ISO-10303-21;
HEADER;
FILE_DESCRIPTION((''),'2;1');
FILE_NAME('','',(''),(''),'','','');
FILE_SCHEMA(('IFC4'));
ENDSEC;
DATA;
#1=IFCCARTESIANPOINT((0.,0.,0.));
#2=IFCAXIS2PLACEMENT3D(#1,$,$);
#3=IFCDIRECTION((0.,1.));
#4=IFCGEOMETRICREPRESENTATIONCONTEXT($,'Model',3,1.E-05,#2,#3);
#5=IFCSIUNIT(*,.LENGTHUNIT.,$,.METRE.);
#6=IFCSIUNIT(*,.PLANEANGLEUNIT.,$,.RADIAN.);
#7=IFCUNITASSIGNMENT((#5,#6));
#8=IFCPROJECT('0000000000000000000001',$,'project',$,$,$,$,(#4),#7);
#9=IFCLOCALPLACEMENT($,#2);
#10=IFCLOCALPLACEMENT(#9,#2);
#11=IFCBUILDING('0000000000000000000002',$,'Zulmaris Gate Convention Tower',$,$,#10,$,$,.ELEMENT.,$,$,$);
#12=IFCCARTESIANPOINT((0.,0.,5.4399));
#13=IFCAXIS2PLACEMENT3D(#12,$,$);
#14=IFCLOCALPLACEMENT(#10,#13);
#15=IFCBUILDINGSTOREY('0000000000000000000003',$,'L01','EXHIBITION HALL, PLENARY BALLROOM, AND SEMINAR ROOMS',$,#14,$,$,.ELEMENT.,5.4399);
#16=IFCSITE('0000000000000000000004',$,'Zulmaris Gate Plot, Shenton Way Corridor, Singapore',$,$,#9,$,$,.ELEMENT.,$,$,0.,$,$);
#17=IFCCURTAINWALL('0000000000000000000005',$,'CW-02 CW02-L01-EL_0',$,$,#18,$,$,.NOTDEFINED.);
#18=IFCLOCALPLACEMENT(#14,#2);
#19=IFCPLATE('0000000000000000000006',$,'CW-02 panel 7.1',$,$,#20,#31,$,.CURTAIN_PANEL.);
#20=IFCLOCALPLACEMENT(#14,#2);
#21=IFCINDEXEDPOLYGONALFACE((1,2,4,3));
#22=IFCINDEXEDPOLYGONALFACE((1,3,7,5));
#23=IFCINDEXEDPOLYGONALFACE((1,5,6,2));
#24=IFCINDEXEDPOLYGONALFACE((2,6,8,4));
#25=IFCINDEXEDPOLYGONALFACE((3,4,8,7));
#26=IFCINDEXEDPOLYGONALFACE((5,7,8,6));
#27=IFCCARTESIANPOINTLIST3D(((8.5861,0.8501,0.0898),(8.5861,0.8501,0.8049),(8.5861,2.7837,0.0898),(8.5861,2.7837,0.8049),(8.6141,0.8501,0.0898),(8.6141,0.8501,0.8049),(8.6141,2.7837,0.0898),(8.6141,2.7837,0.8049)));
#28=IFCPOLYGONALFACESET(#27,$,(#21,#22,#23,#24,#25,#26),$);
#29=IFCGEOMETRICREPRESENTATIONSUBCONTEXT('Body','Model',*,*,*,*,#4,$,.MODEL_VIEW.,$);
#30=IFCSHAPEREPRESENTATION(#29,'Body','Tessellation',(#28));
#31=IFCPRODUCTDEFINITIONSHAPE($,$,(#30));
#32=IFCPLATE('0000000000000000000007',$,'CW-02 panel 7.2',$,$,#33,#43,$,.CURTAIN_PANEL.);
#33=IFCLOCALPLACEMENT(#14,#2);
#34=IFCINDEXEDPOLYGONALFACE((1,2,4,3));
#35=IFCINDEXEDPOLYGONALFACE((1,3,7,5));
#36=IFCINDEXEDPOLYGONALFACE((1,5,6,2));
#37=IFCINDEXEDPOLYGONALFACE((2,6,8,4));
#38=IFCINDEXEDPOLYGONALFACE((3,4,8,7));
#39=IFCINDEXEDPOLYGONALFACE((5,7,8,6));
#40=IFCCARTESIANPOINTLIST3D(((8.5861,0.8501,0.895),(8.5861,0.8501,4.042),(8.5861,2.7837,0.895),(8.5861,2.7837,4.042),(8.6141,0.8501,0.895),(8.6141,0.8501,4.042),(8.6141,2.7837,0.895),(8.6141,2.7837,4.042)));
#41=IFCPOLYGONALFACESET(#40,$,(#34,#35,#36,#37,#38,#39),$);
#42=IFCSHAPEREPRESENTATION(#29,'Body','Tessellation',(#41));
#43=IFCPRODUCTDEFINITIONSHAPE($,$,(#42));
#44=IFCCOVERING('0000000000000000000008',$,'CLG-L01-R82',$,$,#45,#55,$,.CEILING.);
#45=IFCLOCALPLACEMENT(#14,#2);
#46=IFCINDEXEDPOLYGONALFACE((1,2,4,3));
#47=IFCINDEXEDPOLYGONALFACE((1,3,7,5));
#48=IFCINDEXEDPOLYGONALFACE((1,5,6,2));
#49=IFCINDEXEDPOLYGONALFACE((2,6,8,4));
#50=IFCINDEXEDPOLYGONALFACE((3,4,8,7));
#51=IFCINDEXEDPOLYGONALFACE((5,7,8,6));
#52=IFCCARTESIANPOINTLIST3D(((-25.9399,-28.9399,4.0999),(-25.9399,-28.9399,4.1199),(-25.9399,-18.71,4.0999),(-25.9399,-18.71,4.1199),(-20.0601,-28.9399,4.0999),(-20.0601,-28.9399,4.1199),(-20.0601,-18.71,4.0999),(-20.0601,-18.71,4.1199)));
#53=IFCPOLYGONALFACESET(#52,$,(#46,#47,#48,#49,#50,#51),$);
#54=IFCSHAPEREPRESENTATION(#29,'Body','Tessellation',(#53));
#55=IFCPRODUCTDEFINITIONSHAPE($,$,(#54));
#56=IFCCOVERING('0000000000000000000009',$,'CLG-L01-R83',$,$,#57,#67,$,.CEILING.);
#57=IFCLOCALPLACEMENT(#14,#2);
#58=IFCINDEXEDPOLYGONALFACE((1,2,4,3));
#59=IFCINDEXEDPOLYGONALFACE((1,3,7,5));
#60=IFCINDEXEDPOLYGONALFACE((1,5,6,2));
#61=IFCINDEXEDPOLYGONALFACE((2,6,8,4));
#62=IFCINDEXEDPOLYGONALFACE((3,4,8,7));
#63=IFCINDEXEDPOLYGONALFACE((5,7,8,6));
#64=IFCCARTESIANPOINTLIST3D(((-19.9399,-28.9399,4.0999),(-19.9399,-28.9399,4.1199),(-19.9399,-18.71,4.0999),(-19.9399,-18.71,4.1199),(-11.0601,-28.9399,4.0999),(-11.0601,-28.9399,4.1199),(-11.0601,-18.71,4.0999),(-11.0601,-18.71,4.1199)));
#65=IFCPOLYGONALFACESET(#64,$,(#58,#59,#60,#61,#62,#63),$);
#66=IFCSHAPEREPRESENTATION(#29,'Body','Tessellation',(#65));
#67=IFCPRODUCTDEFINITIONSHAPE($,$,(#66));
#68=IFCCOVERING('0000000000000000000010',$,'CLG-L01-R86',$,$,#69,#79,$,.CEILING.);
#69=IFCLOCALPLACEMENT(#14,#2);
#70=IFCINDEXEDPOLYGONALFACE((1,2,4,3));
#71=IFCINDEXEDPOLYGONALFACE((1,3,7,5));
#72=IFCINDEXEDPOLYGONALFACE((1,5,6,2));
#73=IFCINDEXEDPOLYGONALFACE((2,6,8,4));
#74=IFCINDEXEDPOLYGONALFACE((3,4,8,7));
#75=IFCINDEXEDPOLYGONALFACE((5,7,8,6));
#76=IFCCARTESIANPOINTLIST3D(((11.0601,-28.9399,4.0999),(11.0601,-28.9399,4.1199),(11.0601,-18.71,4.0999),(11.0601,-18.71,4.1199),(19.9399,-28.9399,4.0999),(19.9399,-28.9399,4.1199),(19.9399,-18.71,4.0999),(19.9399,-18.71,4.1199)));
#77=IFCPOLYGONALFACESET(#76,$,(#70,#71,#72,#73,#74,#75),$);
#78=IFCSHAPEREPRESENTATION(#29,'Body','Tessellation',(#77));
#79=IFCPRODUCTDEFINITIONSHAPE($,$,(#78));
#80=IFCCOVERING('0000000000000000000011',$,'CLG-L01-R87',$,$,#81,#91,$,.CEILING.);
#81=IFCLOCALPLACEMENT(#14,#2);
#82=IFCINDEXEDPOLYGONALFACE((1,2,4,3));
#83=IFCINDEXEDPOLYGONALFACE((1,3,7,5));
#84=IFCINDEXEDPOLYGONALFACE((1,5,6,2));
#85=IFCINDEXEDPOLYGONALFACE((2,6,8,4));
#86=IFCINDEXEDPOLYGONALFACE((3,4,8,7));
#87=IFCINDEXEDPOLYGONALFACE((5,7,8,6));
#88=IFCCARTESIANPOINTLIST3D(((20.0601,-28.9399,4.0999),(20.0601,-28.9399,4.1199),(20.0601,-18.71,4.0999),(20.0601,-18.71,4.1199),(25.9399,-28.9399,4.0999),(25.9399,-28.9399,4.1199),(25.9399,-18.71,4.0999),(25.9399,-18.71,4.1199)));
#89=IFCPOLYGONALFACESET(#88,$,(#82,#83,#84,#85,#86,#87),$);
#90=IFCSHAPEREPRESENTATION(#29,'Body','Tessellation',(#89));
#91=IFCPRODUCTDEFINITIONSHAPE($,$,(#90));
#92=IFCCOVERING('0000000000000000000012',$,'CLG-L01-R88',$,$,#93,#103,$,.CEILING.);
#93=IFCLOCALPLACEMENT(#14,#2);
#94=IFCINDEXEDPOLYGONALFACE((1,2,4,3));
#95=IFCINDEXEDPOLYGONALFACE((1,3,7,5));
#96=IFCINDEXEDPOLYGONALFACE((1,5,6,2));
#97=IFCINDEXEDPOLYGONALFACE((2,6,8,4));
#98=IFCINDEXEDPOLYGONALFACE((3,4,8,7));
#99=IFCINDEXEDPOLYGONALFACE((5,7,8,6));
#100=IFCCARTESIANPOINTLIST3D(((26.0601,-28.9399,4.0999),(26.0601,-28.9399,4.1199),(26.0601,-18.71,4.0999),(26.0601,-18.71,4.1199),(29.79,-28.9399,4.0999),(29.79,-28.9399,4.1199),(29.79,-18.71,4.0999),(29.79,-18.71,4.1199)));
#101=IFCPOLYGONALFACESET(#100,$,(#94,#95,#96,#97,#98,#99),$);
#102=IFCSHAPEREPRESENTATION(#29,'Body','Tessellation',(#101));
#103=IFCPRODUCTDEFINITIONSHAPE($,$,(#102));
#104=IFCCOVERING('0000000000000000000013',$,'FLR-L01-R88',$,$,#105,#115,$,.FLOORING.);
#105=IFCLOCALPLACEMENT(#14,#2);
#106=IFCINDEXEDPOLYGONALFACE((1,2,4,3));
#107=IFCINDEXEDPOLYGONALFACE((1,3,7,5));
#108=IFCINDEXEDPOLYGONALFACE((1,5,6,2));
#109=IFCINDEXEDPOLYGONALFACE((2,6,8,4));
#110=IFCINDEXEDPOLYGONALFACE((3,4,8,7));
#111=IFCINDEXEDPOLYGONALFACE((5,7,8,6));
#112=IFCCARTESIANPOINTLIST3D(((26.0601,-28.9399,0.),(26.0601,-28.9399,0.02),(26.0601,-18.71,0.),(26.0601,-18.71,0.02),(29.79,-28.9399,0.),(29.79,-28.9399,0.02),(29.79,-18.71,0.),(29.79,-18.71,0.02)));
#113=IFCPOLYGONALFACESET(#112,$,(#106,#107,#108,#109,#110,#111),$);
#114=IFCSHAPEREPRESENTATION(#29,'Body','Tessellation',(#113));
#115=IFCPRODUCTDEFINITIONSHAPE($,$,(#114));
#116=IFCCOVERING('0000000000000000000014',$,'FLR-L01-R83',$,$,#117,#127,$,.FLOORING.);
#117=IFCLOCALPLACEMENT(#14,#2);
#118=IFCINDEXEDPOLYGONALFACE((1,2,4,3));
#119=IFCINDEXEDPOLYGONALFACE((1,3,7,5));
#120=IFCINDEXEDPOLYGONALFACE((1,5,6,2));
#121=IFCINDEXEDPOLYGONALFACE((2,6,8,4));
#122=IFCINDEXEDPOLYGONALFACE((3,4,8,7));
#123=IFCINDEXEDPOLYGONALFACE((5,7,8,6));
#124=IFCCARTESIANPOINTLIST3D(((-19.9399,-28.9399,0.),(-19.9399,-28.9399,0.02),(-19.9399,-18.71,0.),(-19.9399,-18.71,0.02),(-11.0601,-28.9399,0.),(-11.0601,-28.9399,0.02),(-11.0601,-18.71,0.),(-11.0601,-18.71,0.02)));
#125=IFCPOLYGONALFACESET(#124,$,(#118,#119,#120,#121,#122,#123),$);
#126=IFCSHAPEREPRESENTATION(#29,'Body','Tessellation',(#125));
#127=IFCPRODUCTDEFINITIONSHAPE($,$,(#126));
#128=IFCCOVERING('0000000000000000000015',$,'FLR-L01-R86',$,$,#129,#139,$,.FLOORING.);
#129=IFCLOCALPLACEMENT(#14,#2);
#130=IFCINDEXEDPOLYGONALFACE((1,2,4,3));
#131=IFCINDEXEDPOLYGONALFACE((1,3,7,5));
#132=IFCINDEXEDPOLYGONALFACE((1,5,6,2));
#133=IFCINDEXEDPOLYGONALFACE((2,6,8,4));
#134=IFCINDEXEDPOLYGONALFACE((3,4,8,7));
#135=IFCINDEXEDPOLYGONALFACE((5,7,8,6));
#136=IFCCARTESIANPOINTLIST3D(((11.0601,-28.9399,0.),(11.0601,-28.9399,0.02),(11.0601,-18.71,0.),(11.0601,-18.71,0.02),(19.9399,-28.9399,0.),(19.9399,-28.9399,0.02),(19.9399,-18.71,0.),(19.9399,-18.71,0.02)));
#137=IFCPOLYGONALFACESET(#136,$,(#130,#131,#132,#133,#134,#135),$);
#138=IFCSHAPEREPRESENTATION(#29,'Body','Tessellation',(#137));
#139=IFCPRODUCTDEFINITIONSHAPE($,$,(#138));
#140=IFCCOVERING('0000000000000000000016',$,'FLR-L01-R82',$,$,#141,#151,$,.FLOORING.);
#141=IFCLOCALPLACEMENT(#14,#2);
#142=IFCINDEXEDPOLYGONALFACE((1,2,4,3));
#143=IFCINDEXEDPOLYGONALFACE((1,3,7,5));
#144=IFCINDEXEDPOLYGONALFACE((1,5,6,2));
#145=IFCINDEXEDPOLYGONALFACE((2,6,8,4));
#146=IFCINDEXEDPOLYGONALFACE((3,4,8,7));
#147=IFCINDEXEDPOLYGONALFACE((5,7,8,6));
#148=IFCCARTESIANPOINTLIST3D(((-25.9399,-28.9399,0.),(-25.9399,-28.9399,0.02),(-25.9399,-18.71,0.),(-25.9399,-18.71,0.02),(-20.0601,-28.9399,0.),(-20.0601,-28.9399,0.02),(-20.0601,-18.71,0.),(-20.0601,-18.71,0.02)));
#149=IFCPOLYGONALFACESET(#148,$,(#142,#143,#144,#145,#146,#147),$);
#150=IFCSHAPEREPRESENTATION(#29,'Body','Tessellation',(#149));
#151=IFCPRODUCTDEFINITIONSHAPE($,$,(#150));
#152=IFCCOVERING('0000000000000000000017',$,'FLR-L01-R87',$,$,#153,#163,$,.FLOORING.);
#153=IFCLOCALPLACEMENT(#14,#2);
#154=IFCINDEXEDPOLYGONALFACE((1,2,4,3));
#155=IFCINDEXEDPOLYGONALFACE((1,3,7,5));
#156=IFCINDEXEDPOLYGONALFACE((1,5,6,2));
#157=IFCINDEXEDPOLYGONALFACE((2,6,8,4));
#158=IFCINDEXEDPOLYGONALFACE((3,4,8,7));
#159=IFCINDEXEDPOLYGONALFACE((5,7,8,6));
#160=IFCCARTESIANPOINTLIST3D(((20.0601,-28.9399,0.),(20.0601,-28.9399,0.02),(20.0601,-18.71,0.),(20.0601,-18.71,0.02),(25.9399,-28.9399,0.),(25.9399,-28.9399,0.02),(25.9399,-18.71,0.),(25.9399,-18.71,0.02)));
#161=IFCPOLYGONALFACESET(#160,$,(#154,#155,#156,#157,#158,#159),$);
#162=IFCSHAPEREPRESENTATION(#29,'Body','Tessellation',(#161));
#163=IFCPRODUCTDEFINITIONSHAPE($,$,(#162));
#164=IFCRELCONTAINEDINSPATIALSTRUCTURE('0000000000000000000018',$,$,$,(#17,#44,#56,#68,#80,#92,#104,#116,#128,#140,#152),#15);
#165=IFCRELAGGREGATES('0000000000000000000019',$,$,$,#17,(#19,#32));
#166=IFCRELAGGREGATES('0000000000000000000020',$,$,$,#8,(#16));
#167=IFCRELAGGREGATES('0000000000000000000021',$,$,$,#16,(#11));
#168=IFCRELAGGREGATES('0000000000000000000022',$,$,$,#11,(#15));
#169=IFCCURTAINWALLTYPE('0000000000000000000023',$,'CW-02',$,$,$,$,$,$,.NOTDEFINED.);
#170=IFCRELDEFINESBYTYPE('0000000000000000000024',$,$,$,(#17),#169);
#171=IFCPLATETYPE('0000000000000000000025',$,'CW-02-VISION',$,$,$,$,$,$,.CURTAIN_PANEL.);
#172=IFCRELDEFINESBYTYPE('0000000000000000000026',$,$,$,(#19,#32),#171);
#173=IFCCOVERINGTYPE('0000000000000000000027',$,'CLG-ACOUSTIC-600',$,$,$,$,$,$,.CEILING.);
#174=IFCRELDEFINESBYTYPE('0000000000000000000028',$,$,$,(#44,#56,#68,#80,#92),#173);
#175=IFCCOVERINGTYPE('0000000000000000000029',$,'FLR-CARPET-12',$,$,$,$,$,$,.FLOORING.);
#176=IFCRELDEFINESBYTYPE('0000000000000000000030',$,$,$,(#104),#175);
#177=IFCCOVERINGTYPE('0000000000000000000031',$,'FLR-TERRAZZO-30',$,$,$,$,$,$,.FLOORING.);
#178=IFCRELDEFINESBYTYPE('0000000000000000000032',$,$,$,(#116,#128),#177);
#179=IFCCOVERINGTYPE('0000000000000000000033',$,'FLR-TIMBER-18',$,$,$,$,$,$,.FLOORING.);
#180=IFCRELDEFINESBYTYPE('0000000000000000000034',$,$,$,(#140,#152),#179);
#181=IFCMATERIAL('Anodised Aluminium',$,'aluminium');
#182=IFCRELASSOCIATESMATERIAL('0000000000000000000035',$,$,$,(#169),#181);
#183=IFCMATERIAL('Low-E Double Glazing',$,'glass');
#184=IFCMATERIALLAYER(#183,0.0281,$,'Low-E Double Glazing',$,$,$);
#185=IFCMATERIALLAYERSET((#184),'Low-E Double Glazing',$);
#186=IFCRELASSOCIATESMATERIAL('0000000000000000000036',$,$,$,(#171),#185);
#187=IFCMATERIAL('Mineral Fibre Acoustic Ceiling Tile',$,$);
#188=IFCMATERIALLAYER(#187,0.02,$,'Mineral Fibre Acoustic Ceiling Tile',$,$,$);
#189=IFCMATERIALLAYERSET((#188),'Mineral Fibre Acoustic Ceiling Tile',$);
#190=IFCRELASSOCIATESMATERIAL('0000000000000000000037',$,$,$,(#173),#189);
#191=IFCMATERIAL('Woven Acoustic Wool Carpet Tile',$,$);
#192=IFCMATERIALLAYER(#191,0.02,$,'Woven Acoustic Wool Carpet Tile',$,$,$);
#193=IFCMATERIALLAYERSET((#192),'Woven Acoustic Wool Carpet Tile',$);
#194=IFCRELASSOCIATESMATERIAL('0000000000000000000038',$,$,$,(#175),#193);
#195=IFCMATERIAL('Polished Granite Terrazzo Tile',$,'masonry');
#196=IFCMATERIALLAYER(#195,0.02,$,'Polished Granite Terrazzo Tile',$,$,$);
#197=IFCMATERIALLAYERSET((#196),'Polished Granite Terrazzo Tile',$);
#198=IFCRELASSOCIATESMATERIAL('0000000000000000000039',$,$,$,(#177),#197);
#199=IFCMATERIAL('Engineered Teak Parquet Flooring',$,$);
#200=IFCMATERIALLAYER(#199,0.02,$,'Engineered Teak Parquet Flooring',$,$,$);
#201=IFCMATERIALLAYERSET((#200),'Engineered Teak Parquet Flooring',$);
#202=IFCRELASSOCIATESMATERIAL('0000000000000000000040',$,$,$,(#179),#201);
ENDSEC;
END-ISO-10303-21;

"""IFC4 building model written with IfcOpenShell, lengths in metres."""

from ifc_helpers import new_model, si_unit, direction, frame, origin, origin_2d, place, context, subcontext, project, spatial, polyline, rectangle, outline, extrude, material, layer, layer_set, type_object, element, aggregate, save


model = new_model("IFC4")

# Units and contexts
model_context = context("Model", 3, precision=1e-05, world=origin(), true_north=direction((0.0, 1.0)))
body_context = subcontext(model_context, "Body", "Model", "MODEL_VIEW")
ifc_project = project(units=[si_unit("LENGTHUNIT", "METRE"), si_unit("PLANEANGLEUNIT", "RADIAN")], contexts=[model_context])

# Site, building, storey
site_placement = place(None, origin())
site = spatial("IfcSite", under=ifc_project, at=site_placement, Name="Zulmaris Gate Plot, Shenton Way Corridor, Singapore", CompositionType="ELEMENT", RefElevation=0.0)
building_placement = place(site_placement, origin())
building = spatial("IfcBuilding", under=site, at=building_placement, Name="Zulmaris Gate Convention Tower", CompositionType="ELEMENT")
storey_placement = place(building_placement, frame((0.0, 0.0, 5.4399)))
storey = spatial("IfcBuildingStorey", under=building, at=storey_placement, Name="L01", Description="EXHIBITION HALL, PLENARY BALLROOM, AND SEMINAR ROOMS", CompositionType="ELEMENT", Elevation=5.4399)

# Curtain wall, plates
ifc_material_1 = material(Name="Anodised Aluminium", Category="aluminium")
curtain_wall_type = type_object("IfcCurtainWallType", Name="CW-02", PredefinedType="NOTDEFINED", material=ifc_material_1)
curtain_wall_placement = place(storey_placement, origin())
curtain_wall = element("IfcCurtainWall", 1, at=curtain_wall_placement, inside=storey, type_object=curtain_wall_type, Name="CW-02 CW02-L01-EL_0", PredefinedType="NOTDEFINED")
ifc_material_2 = material(Name="Low-E Double Glazing", Category="glass")
ifc_layer_1 = layer(ifc_material_2, 0.0281, Name="Low-E Double Glazing")
ifc_layer_set_1 = layer_set([ifc_layer_1], Name="Low-E Double Glazing")
plate_type = type_object("IfcPlateType", Name="CW-02-VISION", PredefinedType="CURTAIN_PANEL", material=ifc_layer_set_1)
plate_1_placement = place(storey_placement, frame((8.6001, 1.8169, 0.0898), z_axis=(0.0, 0.0, 1.0), x_axis=(0.0, -1.0, 0.0)))
plate_1 = element("IfcPlate", 2, at=plate_1_placement, type_object=plate_type, Name="CW-02 panel 7.1", PredefinedType="CURTAIN_PANEL", context=body_context, shape_type="SweptSolid", body=[
    extrude(rectangle(XDim=1.9336, YDim=0.0281, at=origin_2d()), origin(), (0.0, 0.0, 1.0), 0.7151),
])
plate_2_placement = place(storey_placement, frame((8.6001, 1.8169, 0.895), z_axis=(0.0, 0.0, 1.0), x_axis=(0.0, -1.0, 0.0)))
plate_2 = element("IfcPlate", 3, at=plate_2_placement, type_object=plate_type, Name="CW-02 panel 7.2", PredefinedType="CURTAIN_PANEL", context=body_context, shape_type="SweptSolid", body=[
    extrude(rectangle(XDim=1.9336, YDim=0.0281, at=origin_2d()), origin(), (0.0, 0.0, 1.0), 3.147),
])
aggregate(curtain_wall, [plate_1, plate_2])

# Coverings
ifc_material_3 = material(Name="Mineral Fibre Acoustic Ceiling Tile")
ifc_layer_2 = layer(ifc_material_3, 0.02, Name="Mineral Fibre Acoustic Ceiling Tile")
ifc_layer_set_2 = layer_set([ifc_layer_2], Name="Mineral Fibre Acoustic Ceiling Tile")
covering_type_1 = type_object("IfcCoveringType", Name="CLG-ACOUSTIC-600", PredefinedType="CEILING", material=ifc_layer_set_2)
covering_1_placement = place(storey_placement, frame((0.0, 0.0, 4.0999)))
element("IfcCovering", 4, at=covering_1_placement, inside=storey, type_object=covering_type_1, Name="CLG-L01-R82", PredefinedType="CEILING", context=body_context, shape_type="SweptSolid", body=[
    extrude(outline(polyline([(-25.9399, -28.9399), (-20.0601, -28.9399), (-20.0601, -18.71), (-25.9399, -18.71), (-25.9399, -28.9399)])), origin(), (0.0, 0.0, 1.0), 0.02),
])
covering_2_placement = place(storey_placement, frame((0.0, 0.0, 4.0999)))
element("IfcCovering", 5, at=covering_2_placement, inside=storey, type_object=covering_type_1, Name="CLG-L01-R83", PredefinedType="CEILING", context=body_context, shape_type="SweptSolid", body=[
    extrude(outline(polyline([(-19.9399, -28.9399), (-11.0601, -28.9399), (-11.0601, -18.71), (-19.9399, -18.71), (-19.9399, -28.9399)])), origin(), (0.0, 0.0, 1.0), 0.02),
])
covering_3_placement = place(storey_placement, frame((0.0, 0.0, 4.0999)))
element("IfcCovering", 6, at=covering_3_placement, inside=storey, type_object=covering_type_1, Name="CLG-L01-R86", PredefinedType="CEILING", context=body_context, shape_type="SweptSolid", body=[
    extrude(outline(polyline([(11.0601, -28.9399), (19.9399, -28.9399), (19.9399, -18.71), (11.0601, -18.71), (11.0601, -28.9399)])), origin(), (0.0, 0.0, 1.0), 0.02),
])
covering_4_placement = place(storey_placement, frame((0.0, 0.0, 4.0999)))
element("IfcCovering", 7, at=covering_4_placement, inside=storey, type_object=covering_type_1, Name="CLG-L01-R87", PredefinedType="CEILING", context=body_context, shape_type="SweptSolid", body=[
    extrude(outline(polyline([(20.0601, -28.9399), (25.9399, -28.9399), (25.9399, -18.71), (20.0601, -18.71), (20.0601, -28.9399)])), origin(), (0.0, 0.0, 1.0), 0.02),
])
covering_5_placement = place(storey_placement, frame((0.0, 0.0, 4.0999)))
element("IfcCovering", 8, at=covering_5_placement, inside=storey, type_object=covering_type_1, Name="CLG-L01-R88", PredefinedType="CEILING", context=body_context, shape_type="SweptSolid", body=[
    extrude(outline(polyline([(26.0601, -28.9399), (29.79, -28.9399), (29.79, -18.71), (26.0601, -18.71), (26.0601, -28.9399)])), origin(), (0.0, 0.0, 1.0), 0.02),
])
ifc_material_4 = material(Name="Woven Acoustic Wool Carpet Tile")
ifc_layer_3 = layer(ifc_material_4, 0.02, Name="Woven Acoustic Wool Carpet Tile")
ifc_layer_set_3 = layer_set([ifc_layer_3], Name="Woven Acoustic Wool Carpet Tile")
covering_type_2 = type_object("IfcCoveringType", Name="FLR-CARPET-12", PredefinedType="FLOORING", material=ifc_layer_set_3)
covering_6_placement = place(storey_placement, origin())
element("IfcCovering", 9, at=covering_6_placement, inside=storey, type_object=covering_type_2, Name="FLR-L01-R88", PredefinedType="FLOORING", context=body_context, shape_type="SweptSolid", body=[
    extrude(outline(polyline([(26.0601, -28.9399), (29.79, -28.9399), (29.79, -18.71), (26.0601, -18.71), (26.0601, -28.9399)])), origin(), (0.0, 0.0, 1.0), 0.02),
])
ifc_material_5 = material(Name="Polished Granite Terrazzo Tile", Category="masonry")
ifc_layer_4 = layer(ifc_material_5, 0.02, Name="Polished Granite Terrazzo Tile")
ifc_layer_set_4 = layer_set([ifc_layer_4], Name="Polished Granite Terrazzo Tile")
covering_type_3 = type_object("IfcCoveringType", Name="FLR-TERRAZZO-30", PredefinedType="FLOORING", material=ifc_layer_set_4)
covering_7_placement = place(storey_placement, origin())
element("IfcCovering", 10, at=covering_7_placement, inside=storey, type_object=covering_type_3, Name="FLR-L01-R83", PredefinedType="FLOORING", context=body_context, shape_type="SweptSolid", body=[
    extrude(outline(polyline([(-19.9399, -28.9399), (-11.0601, -28.9399), (-11.0601, -18.71), (-19.9399, -18.71), (-19.9399, -28.9399)])), origin(), (0.0, 0.0, 1.0), 0.02),
])
covering_8_placement = place(storey_placement, origin())
element("IfcCovering", 11, at=covering_8_placement, inside=storey, type_object=covering_type_3, Name="FLR-L01-R86", PredefinedType="FLOORING", context=body_context, shape_type="SweptSolid", body=[
    extrude(outline(polyline([(11.0601, -28.9399), (19.9399, -28.9399), (19.9399, -18.71), (11.0601, -18.71), (11.0601, -28.9399)])), origin(), (0.0, 0.0, 1.0), 0.02),
])
ifc_material_6 = material(Name="Engineered Teak Parquet Flooring")
ifc_layer_5 = layer(ifc_material_6, 0.02, Name="Engineered Teak Parquet Flooring")
ifc_layer_set_5 = layer_set([ifc_layer_5], Name="Engineered Teak Parquet Flooring")
covering_type_4 = type_object("IfcCoveringType", Name="FLR-TIMBER-18", PredefinedType="FLOORING", material=ifc_layer_set_5)
covering_9_placement = place(storey_placement, origin())
element("IfcCovering", 12, at=covering_9_placement, inside=storey, type_object=covering_type_4, Name="FLR-L01-R82", PredefinedType="FLOORING", context=body_context, shape_type="SweptSolid", body=[
    extrude(outline(polyline([(-25.9399, -28.9399), (-20.0601, -28.9399), (-20.0601, -18.71), (-25.9399, -18.71), (-25.9399, -28.9399)])), origin(), (0.0, 0.0, 1.0), 0.02),
])
covering_10_placement = place(storey_placement, origin())
element("IfcCovering", 13, at=covering_10_placement, inside=storey, type_object=covering_type_4, Name="FLR-L01-R87", PredefinedType="FLOORING", context=body_context, shape_type="SweptSolid", body=[
    extrude(outline(polyline([(20.0601, -28.9399), (25.9399, -28.9399), (25.9399, -18.71), (20.0601, -18.71), (20.0601, -28.9399)])), origin(), (0.0, 0.0, 1.0), 0.02),
])

save(model, "model.ifc")
